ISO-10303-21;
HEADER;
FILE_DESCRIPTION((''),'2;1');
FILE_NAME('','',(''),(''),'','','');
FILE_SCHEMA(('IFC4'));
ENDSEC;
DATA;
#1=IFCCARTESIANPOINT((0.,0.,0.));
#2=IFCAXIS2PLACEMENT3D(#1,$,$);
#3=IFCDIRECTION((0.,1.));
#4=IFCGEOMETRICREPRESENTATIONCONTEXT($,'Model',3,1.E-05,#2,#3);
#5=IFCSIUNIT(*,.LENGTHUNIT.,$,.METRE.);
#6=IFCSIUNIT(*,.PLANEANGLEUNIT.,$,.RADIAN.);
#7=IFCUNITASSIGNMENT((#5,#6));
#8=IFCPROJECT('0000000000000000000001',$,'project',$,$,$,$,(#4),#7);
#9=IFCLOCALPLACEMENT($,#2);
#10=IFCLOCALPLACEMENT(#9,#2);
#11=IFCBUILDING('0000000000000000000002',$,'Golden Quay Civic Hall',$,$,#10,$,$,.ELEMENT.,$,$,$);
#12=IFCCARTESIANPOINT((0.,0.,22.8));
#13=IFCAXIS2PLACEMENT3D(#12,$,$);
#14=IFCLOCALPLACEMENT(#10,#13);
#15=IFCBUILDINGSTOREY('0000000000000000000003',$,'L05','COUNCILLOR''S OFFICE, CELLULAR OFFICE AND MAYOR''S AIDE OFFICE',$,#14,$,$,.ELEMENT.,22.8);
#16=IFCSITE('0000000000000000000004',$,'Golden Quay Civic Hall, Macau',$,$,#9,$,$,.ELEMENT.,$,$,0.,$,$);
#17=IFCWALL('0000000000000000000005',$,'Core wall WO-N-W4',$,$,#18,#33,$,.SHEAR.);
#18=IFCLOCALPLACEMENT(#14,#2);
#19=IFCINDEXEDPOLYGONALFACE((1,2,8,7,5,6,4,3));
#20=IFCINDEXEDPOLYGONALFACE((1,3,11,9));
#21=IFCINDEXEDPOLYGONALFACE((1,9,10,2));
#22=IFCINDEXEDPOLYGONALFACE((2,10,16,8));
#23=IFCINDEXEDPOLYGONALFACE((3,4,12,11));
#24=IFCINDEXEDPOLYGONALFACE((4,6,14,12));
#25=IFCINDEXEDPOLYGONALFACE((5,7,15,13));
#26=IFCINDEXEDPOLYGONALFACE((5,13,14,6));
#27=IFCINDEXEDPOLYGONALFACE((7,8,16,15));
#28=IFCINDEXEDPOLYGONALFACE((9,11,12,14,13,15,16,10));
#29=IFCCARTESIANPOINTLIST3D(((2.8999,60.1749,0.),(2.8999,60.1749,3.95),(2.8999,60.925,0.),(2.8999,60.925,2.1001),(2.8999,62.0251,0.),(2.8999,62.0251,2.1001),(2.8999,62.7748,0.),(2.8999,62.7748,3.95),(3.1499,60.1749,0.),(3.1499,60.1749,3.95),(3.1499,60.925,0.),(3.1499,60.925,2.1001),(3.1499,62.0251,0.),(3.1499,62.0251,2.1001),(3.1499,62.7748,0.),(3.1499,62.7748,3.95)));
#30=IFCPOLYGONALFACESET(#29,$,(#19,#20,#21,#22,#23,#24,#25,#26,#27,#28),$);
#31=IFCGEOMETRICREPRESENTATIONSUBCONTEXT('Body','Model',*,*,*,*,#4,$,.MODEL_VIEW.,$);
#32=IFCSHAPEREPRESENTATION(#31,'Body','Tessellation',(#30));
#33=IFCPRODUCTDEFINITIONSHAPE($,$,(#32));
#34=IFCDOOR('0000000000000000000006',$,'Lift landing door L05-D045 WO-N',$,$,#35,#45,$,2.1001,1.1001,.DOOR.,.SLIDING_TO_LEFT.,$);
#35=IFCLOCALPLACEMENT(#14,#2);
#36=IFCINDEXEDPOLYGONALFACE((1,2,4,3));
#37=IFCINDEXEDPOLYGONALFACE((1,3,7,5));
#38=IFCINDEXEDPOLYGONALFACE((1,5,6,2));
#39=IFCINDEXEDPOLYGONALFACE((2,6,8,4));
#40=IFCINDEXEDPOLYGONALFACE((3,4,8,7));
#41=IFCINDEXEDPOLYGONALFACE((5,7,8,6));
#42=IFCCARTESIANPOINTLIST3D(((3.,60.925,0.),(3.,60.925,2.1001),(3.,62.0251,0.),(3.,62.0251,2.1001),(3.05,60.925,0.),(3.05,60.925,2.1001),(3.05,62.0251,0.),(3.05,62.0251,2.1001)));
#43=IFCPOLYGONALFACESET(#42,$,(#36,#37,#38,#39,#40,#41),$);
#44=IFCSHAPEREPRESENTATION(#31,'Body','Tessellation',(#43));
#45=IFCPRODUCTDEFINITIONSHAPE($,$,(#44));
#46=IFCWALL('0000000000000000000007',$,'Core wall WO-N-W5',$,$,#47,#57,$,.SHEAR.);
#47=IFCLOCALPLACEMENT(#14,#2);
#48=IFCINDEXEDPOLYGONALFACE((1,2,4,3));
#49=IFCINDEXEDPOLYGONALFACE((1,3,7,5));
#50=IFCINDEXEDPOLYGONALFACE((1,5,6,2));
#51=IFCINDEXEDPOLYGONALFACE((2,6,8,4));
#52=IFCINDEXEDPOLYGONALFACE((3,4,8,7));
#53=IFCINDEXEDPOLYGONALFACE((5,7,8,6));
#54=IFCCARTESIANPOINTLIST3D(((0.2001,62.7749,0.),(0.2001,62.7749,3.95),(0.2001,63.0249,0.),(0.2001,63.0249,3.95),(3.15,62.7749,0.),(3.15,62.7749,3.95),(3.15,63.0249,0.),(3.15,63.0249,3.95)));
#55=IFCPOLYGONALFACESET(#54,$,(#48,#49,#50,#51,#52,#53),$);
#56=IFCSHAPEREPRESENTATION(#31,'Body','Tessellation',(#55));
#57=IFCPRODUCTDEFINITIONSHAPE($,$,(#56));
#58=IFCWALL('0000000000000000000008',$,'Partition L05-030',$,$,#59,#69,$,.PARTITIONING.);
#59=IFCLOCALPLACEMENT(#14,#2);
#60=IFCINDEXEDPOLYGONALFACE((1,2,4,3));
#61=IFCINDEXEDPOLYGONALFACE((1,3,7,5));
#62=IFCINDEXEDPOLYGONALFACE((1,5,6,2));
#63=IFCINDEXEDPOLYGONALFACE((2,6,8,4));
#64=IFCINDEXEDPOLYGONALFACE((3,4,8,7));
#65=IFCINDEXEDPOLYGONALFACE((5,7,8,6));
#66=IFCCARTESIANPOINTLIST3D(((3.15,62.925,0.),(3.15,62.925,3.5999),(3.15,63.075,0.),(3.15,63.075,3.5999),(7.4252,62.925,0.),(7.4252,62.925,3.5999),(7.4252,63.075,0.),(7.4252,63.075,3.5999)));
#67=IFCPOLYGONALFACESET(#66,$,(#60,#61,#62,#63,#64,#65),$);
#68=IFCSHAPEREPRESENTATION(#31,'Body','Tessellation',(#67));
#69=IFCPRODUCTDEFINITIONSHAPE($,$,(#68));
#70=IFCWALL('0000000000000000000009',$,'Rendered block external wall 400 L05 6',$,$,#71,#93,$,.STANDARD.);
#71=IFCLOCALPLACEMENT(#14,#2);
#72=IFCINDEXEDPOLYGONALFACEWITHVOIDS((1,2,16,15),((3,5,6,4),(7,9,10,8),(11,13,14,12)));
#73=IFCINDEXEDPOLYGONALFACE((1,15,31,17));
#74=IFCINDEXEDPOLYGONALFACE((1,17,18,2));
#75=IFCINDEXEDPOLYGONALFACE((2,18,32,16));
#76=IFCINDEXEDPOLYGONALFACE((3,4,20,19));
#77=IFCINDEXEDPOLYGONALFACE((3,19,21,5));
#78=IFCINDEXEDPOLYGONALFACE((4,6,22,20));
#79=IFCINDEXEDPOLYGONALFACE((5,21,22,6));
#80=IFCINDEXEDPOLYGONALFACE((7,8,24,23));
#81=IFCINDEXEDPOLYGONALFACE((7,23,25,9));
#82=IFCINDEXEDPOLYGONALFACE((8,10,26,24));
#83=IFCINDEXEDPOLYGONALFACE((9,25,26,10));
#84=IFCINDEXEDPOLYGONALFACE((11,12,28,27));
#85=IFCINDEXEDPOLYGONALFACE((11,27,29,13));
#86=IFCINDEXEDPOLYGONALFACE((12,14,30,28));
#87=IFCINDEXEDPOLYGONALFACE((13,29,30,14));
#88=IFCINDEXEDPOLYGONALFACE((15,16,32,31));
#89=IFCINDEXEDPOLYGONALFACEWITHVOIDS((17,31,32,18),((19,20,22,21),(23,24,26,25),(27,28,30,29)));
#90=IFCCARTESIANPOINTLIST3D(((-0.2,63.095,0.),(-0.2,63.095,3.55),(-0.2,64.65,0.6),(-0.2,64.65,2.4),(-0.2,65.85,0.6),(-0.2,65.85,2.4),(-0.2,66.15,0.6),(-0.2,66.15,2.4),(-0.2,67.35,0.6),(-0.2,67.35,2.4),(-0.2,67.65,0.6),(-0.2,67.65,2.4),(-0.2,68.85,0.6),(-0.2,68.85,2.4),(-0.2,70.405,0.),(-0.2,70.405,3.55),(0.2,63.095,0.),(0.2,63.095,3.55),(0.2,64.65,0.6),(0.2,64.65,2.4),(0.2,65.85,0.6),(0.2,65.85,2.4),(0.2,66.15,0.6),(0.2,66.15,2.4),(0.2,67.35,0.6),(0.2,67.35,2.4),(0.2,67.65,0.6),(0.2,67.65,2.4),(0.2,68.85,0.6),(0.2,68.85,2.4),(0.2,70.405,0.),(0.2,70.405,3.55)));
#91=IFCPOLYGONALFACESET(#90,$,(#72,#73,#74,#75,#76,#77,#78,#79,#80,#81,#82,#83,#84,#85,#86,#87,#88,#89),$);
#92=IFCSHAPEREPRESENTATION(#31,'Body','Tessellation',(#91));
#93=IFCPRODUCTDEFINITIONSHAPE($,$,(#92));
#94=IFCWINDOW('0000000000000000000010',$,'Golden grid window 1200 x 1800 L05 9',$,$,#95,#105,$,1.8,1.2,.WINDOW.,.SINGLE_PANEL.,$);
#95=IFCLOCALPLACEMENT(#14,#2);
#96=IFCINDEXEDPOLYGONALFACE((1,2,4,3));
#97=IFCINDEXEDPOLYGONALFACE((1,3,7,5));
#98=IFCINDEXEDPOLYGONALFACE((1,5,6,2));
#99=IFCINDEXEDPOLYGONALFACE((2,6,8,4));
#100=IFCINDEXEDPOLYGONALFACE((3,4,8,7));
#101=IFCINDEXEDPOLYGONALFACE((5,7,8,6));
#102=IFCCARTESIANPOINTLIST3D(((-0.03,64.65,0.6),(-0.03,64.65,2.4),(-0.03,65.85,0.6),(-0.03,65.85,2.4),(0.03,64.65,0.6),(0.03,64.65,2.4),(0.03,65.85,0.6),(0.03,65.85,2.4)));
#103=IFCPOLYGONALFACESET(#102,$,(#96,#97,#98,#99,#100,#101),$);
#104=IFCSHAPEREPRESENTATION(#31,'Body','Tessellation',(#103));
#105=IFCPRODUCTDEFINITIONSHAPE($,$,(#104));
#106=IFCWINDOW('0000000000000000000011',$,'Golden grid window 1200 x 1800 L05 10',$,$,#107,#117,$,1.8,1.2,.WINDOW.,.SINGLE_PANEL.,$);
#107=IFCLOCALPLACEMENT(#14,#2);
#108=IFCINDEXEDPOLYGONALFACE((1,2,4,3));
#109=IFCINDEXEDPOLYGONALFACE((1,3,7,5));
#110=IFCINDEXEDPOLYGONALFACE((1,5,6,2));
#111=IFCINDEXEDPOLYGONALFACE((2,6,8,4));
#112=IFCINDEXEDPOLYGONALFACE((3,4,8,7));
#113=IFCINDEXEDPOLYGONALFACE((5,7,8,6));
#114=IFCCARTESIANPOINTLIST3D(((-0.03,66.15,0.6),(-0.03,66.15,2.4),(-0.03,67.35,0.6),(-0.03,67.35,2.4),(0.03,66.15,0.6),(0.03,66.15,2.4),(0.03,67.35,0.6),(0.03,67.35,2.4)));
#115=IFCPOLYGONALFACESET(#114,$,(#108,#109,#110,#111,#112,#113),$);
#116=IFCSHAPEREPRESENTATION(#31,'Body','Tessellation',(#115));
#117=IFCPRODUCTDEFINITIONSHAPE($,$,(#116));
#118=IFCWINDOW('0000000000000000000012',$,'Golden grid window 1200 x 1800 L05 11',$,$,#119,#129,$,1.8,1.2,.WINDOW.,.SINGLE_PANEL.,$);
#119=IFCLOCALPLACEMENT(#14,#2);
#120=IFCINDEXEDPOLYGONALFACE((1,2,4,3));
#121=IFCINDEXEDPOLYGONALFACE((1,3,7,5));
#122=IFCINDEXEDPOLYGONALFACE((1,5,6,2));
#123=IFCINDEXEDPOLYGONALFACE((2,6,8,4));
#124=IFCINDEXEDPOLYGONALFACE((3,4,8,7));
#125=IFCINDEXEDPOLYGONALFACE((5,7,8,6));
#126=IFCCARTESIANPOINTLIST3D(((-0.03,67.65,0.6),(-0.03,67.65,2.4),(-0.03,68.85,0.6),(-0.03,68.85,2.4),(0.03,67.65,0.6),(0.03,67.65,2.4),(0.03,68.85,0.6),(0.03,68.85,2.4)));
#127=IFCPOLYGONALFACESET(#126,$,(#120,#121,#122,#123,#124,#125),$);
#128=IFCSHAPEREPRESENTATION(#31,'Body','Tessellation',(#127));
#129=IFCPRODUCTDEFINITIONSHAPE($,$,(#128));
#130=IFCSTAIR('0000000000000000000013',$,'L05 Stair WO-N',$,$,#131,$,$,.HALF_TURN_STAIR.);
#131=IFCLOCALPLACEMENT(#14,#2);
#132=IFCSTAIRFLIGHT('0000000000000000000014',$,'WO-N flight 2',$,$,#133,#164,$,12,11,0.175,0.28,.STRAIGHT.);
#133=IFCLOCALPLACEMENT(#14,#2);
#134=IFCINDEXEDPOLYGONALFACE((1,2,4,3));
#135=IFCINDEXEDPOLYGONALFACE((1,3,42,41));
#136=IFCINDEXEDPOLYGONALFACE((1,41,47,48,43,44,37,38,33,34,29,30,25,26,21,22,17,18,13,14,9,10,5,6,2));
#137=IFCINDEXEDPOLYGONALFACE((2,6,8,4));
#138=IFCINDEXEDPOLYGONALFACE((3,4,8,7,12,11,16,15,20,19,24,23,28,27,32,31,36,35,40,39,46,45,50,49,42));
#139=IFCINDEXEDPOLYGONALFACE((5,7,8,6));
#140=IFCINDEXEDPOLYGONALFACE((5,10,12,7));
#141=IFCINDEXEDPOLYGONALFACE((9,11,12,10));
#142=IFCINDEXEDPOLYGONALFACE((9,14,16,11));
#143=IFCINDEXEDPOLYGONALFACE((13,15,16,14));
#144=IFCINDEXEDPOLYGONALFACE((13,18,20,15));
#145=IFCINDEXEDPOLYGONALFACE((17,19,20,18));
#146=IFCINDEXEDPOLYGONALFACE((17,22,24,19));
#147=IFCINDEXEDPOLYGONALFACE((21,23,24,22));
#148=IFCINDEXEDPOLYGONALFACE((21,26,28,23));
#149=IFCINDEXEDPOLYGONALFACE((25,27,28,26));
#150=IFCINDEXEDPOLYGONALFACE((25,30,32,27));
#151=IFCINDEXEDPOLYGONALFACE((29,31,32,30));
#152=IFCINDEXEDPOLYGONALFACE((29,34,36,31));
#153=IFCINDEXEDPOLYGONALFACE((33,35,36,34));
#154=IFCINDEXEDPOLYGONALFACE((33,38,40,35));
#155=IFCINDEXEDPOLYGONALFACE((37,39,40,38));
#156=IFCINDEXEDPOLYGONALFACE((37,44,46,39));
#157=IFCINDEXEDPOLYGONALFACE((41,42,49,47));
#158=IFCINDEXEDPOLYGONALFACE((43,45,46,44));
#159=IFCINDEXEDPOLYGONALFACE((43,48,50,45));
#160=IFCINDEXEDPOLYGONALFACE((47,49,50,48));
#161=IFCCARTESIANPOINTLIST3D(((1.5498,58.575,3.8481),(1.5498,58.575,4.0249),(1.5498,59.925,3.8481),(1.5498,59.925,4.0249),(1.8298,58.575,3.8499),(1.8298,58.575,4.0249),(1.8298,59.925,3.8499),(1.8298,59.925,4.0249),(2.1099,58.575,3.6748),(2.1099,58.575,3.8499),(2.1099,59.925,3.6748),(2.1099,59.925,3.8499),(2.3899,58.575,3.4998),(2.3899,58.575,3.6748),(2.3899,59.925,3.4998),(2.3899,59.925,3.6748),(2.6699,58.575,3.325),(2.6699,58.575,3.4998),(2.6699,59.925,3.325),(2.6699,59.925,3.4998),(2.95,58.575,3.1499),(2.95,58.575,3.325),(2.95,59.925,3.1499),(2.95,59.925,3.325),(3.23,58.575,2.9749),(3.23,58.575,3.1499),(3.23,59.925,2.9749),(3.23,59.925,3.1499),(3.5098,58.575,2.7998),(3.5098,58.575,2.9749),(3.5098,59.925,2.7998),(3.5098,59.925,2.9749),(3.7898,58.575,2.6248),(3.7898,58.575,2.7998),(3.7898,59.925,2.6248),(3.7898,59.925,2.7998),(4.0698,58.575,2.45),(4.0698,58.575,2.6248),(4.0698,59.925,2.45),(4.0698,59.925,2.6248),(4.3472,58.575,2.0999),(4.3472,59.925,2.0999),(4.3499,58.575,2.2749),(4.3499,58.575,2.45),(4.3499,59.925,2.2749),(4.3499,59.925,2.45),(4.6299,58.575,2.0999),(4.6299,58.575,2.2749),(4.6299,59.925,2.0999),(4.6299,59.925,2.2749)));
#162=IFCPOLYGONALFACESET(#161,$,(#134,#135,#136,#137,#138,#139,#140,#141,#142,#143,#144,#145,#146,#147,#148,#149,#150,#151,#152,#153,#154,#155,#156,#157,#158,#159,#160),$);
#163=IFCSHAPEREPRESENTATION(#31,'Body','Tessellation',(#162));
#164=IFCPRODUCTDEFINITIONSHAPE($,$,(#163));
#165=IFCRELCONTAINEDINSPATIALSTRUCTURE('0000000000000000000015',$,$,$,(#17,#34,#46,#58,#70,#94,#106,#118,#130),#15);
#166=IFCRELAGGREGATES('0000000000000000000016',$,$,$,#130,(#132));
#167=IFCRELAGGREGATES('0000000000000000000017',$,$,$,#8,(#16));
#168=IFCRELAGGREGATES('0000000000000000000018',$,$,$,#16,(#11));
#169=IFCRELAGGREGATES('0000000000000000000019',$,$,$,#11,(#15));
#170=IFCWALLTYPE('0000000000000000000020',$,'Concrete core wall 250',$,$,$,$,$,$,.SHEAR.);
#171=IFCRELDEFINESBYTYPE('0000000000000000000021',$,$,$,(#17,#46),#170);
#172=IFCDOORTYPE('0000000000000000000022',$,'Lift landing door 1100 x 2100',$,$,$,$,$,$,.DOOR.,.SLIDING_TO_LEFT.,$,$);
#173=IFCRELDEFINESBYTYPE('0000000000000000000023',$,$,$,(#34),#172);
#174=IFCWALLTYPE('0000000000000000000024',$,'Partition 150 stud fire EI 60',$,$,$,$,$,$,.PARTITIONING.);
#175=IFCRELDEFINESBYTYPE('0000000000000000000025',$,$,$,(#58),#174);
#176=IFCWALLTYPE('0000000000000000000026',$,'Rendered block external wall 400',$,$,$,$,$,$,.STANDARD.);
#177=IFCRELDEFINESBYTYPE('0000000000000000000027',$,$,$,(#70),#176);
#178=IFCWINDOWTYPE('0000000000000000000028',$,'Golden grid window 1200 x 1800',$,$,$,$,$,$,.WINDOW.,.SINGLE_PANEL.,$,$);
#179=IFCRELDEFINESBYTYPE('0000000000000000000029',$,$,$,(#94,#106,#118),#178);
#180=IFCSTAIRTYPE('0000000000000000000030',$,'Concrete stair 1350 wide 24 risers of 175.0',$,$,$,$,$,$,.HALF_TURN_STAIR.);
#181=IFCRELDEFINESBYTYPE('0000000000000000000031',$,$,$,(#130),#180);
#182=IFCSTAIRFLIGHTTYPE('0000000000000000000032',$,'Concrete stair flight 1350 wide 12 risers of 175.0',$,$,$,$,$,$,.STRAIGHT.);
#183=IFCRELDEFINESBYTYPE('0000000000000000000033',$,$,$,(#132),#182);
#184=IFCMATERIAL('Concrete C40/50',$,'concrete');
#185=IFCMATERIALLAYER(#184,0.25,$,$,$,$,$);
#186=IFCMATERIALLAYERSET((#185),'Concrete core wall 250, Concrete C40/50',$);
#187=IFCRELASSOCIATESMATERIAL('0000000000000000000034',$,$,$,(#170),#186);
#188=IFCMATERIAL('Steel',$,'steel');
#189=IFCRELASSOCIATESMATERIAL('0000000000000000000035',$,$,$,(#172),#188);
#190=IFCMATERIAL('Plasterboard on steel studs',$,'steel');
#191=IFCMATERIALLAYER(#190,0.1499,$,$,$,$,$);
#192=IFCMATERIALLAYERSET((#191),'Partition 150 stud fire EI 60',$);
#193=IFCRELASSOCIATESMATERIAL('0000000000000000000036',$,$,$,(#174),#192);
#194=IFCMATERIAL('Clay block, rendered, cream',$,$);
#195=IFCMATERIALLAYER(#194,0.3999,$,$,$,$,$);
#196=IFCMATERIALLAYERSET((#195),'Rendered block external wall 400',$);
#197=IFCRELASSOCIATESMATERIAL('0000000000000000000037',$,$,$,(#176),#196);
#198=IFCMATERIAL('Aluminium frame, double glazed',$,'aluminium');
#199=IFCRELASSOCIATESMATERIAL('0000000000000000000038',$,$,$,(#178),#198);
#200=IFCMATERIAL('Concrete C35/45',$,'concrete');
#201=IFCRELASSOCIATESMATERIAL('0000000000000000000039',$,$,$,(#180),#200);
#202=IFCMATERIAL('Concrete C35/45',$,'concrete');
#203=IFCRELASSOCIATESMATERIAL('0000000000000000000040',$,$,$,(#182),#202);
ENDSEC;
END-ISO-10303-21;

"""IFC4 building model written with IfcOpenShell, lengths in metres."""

from ifc_helpers import new_model, si_unit, direction, frame, frame_2d, origin, place, context, subcontext, project, spatial, polyline, rectangle, outline, extrude, material, layer, layer_set, type_object, element, fill, aggregate, save


model = new_model("IFC4")

# Units and contexts
model_context = context("Model", 3, precision=1e-05, world=origin(), true_north=direction((0.0, 1.0)))
body_context = subcontext(model_context, "Body", "Model", "MODEL_VIEW")
ifc_project = project(units=[si_unit("LENGTHUNIT", "METRE"), si_unit("PLANEANGLEUNIT", "RADIAN")], contexts=[model_context])

# Site, building, storey
site_placement = place(None, origin())
site = spatial("IfcSite", under=ifc_project, at=site_placement, Name="Golden Quay Civic Hall, Macau", CompositionType="ELEMENT", RefElevation=0.0)
building_placement = place(site_placement, origin())
building = spatial("IfcBuilding", under=site, at=building_placement, Name="Golden Quay Civic Hall", CompositionType="ELEMENT")
storey_placement = place(building_placement, frame((0.0, 0.0, 22.8)))
storey = spatial("IfcBuildingStorey", under=building, at=storey_placement, Name="L05", Description="COUNCILLOR'S OFFICE, CELLULAR OFFICE AND MAYOR'S AIDE OFFICE", CompositionType="ELEMENT", Elevation=22.8)

# Shared definitions
ifc_material_1 = material(Name="Concrete C40/50", Category="concrete")
ifc_layer_1 = layer(ifc_material_1, 0.25)
ifc_layer_set_1 = layer_set([ifc_layer_1], Name="Concrete core wall 250, Concrete C40/50")
wall_type_1 = type_object("IfcWallType", Name="Concrete core wall 250", PredefinedType="SHEAR", material=ifc_layer_set_1)

# Wall, opening, door
wall_1_placement = place(storey_placement, frame((3.0249, 60.175, 0.0), z_axis=(0.0, 0.0, 1.0), x_axis=(0.0, 1.0, 0.0)))
wall_1 = element("IfcWall", 1, at=wall_1_placement, inside=storey, type_object=wall_type_1, Name="Core wall WO-N-W4", PredefinedType="SHEAR", context=body_context, shape_type="SweptSolid", body=[
    extrude(rectangle(XDim=2.5999, YDim=0.25, at=frame_2d((1.2998, 0.0))), origin(), (0.0, 0.0, 1.0), 3.95),
])
opening_1_placement = place(wall_1_placement, frame((0.75, 0.0, 0.0)))
opening_1 = element("IfcOpeningElement", 2, at=opening_1_placement, cuts=wall_1, PredefinedType="OPENING", context=body_context, shape_type="SweptSolid", body=[
    extrude(rectangle(XDim=1.1001, YDim=2.1001, at=frame_2d((0.55, 1.05))), frame((0.0, 0.135, 0.0), z_axis=(0.0, -1.0, 0.0), x_axis=(1.0, 0.0, 0.0)), (0.0, 0.0, 1.0), 0.27),
])
ifc_material_2 = material(Name="Steel", Category="steel")
door_type = type_object("IfcDoorType", Name="Lift landing door 1100 x 2100", OperationType="SLIDING_TO_LEFT", PredefinedType="DOOR", material=ifc_material_2)
door_placement = place(opening_1_placement, origin())
door = element("IfcDoor", 3, at=door_placement, inside=storey, type_object=door_type, Name="Lift landing door L05-D045 WO-N", OperationType="SLIDING_TO_LEFT", OverallHeight=2.1001, OverallWidth=1.1001, PredefinedType="DOOR", context=body_context, shape_type="SweptSolid", body=[
    extrude(rectangle(XDim=1.1001, YDim=2.1001, at=frame_2d((0.55, 1.05))), frame((0.0, 0.0249, 0.0), z_axis=(0.0, -1.0, 0.0), x_axis=(1.0, 0.0, 0.0)), (0.0, 0.0, 1.0), 0.05),
])
fill(opening_1, door)

# Walls
wall_2_placement = place(storey_placement, frame((0.2, 62.8999, 0.0), z_axis=(0.0, 0.0, 1.0), x_axis=(1.0, 0.0, 0.0)))
element("IfcWall", 4, at=wall_2_placement, inside=storey, type_object=wall_type_1, Name="Core wall WO-N-W5", PredefinedType="SHEAR", context=body_context, shape_type="SweptSolid", body=[
    extrude(rectangle(XDim=2.95, YDim=0.25, at=frame_2d((1.4751, 0.0))), origin(), (0.0, 0.0, 1.0), 3.95),
])
ifc_material_3 = material(Name="Plasterboard on steel studs", Category="steel")
ifc_layer_2 = layer(ifc_material_3, 0.1499)
ifc_layer_set_2 = layer_set([ifc_layer_2], Name="Partition 150 stud fire EI 60")
wall_type_2 = type_object("IfcWallType", Name="Partition 150 stud fire EI 60", PredefinedType="PARTITIONING", material=ifc_layer_set_2)
wall_3_placement = place(storey_placement, frame((3.1499, 63.0, 0.0), z_axis=(0.0, 0.0, 1.0), x_axis=(1.0, 0.0, 0.0)))
element("IfcWall", 5, at=wall_3_placement, inside=storey, type_object=wall_type_2, Name="Partition L05-030", PredefinedType="PARTITIONING", context=body_context, shape_type="SweptSolid", body=[
    extrude(rectangle(XDim=4.2751, YDim=0.1499, at=frame_2d((2.1377, 0.0))), origin(), (0.0, 0.0, 1.0), 3.5999),
])

# Wall, openings, windows
ifc_material_4 = material(Name="Clay block, rendered, cream")
ifc_layer_3 = layer(ifc_material_4, 0.3999)
ifc_layer_set_3 = layer_set([ifc_layer_3], Name="Rendered block external wall 400")
wall_type_3 = type_object("IfcWallType", Name="Rendered block external wall 400", PredefinedType="STANDARD", material=ifc_layer_set_3)
wall_4_placement = place(storey_placement, frame((0.0, 63.095, 0.0), z_axis=(0.0, 0.0, 1.0), x_axis=(0.0, 1.0, 0.0)))
wall_4 = element("IfcWall", 6, at=wall_4_placement, inside=storey, type_object=wall_type_3, Name="Rendered block external wall 400 L05 6", PredefinedType="STANDARD", context=body_context, shape_type="SweptSolid", body=[
    extrude(rectangle(XDim=7.3101, YDim=0.3999, at=frame_2d((3.655, 0.0))), origin(), (0.0, 0.0, 1.0), 3.55),
])
opening_2_placement = place(wall_4_placement, frame((1.5549, 0.0, 0.6001)))
opening_2 = element("IfcOpeningElement", 7, at=opening_2_placement, cuts=wall_4, PredefinedType="OPENING", context=body_context, shape_type="SweptSolid", body=[
    extrude(rectangle(XDim=1.2, YDim=1.8, at=frame_2d((0.6001, 0.8999))), frame((0.0, 0.21, 0.0), z_axis=(0.0, -1.0, 0.0), x_axis=(1.0, 0.0, 0.0)), (0.0, 0.0, 1.0), 0.4199),
])
opening_3_placement = place(wall_4_placement, frame((3.0549, 0.0, 0.6001)))
opening_3 = element("IfcOpeningElement", 8, at=opening_3_placement, cuts=wall_4, PredefinedType="OPENING", context=body_context, shape_type="SweptSolid", body=[
    extrude(rectangle(XDim=1.2, YDim=1.8, at=frame_2d((0.6001, 0.8999))), frame((0.0, 0.21, 0.0), z_axis=(0.0, -1.0, 0.0), x_axis=(1.0, 0.0, 0.0)), (0.0, 0.0, 1.0), 0.4199),
])
opening_4_placement = place(wall_4_placement, frame((4.5549, 0.0, 0.6001)))
opening_4 = element("IfcOpeningElement", 9, at=opening_4_placement, cuts=wall_4, PredefinedType="OPENING", context=body_context, shape_type="SweptSolid", body=[
    extrude(rectangle(XDim=1.2, YDim=1.8, at=frame_2d((0.6001, 0.8999))), frame((0.0, 0.21, 0.0), z_axis=(0.0, -1.0, 0.0), x_axis=(1.0, 0.0, 0.0)), (0.0, 0.0, 1.0), 0.4199),
])
ifc_material_5 = material(Name="Aluminium frame, double glazed", Category="aluminium")
window_type = type_object("IfcWindowType", Name="Golden grid window 1200 x 1800", PartitioningType="SINGLE_PANEL", PredefinedType="WINDOW", material=ifc_material_5)
window_1_placement = place(opening_2_placement, origin())
window_1 = element("IfcWindow", 10, at=window_1_placement, inside=storey, type_object=window_type, Name="Golden grid window 1200 x 1800 L05 9", OverallHeight=1.8, OverallWidth=1.2, PartitioningType="SINGLE_PANEL", PredefinedType="WINDOW", context=body_context, shape_type="SweptSolid", body=[
    extrude(rectangle(XDim=1.2, YDim=1.8, at=frame_2d((0.6001, 0.8999))), frame((0.0, 0.03, 0.0), z_axis=(0.0, -1.0, 0.0), x_axis=(1.0, 0.0, 0.0)), (0.0, 0.0, 1.0), 0.0601),
])
fill(opening_2, window_1)
window_2_placement = place(opening_3_placement, origin())
window_2 = element("IfcWindow", 11, at=window_2_placement, inside=storey, type_object=window_type, Name="Golden grid window 1200 x 1800 L05 10", OverallHeight=1.8, OverallWidth=1.2, PartitioningType="SINGLE_PANEL", PredefinedType="WINDOW", context=body_context, shape_type="SweptSolid", body=[
    extrude(rectangle(XDim=1.2, YDim=1.8, at=frame_2d((0.6001, 0.8999))), frame((0.0, 0.03, 0.0), z_axis=(0.0, -1.0, 0.0), x_axis=(1.0, 0.0, 0.0)), (0.0, 0.0, 1.0), 0.0601),
])
fill(opening_3, window_2)
window_3_placement = place(opening_4_placement, origin())
window_3 = element("IfcWindow", 12, at=window_3_placement, inside=storey, type_object=window_type, Name="Golden grid window 1200 x 1800 L05 11", OverallHeight=1.8, OverallWidth=1.2, PartitioningType="SINGLE_PANEL", PredefinedType="WINDOW", context=body_context, shape_type="SweptSolid", body=[
    extrude(rectangle(XDim=1.2, YDim=1.8, at=frame_2d((0.6001, 0.8999))), frame((0.0, 0.03, 0.0), z_axis=(0.0, -1.0, 0.0), x_axis=(1.0, 0.0, 0.0)), (0.0, 0.0, 1.0), 0.0601),
])
fill(opening_4, window_3)

# Stair, stair flight
ifc_material_6 = material(Name="Concrete C35/45", Category="concrete")
stair_type = type_object("IfcStairType", Name="Concrete stair 1350 wide 24 risers of 175.0", PredefinedType="HALF_TURN_STAIR", material=ifc_material_6)
stair_placement = place(storey_placement, origin())
stair = element("IfcStair", 13, at=stair_placement, inside=storey, type_object=stair_type, Name="L05 Stair WO-N", PredefinedType="HALF_TURN_STAIR")
ifc_material_7 = material(Name="Concrete C35/45", Category="concrete")
stair_flight_type = type_object("IfcStairFlightType", Name="Concrete stair flight 1350 wide 12 risers of 175.0", PredefinedType="STRAIGHT", material=ifc_material_7)
stair_flight_placement = place(storey_placement, frame((4.6299, 59.25, 2.0999), z_axis=(0.0, 0.0, 1.0), x_axis=(-1.0, 0.0, 0.0)))
stair_flight = element("IfcStairFlight", 14, at=stair_flight_placement, type_object=stair_flight_type, Name="WO-N flight 2", NumberOfRisers=12, NumberOfTreads=11, PredefinedType="STRAIGHT", RiserHeight=0.175, TreadLength=0.28, context=body_context, shape_type="SweptSolid", body=[
    extrude(outline(polyline([(0.0, 0.0), (0.0, 0.175), (0.28, 0.175), (0.28, 0.3501), (0.5601, 0.3501), (0.5601, 0.5249), (0.8401, 0.5249), (0.8401, 0.7), (1.1201, 0.7), (1.1201, 0.875), (1.3999, 0.875), (1.3999, 1.05), (1.6799, 1.05), (1.6799, 1.2251), (1.96, 1.2251), (1.96, 1.3999), (2.24, 1.3999), (2.24, 1.575), (2.52, 1.575), (2.52, 1.75), (2.8, 1.75), (2.8, 1.925), (3.0801, 1.925), (3.0801, 2.1001), (3.0801, 1.7483), (0.2827, 0.0), (0.0, 0.0)])), frame((0.0, 0.675, 0.0), z_axis=(0.0, -1.0, 0.0), x_axis=(1.0, 0.0, 0.0)), (0.0, 0.0, 1.0), 1.35),
])
aggregate(stair, [stair_flight])

save(model, "model.ifc")
